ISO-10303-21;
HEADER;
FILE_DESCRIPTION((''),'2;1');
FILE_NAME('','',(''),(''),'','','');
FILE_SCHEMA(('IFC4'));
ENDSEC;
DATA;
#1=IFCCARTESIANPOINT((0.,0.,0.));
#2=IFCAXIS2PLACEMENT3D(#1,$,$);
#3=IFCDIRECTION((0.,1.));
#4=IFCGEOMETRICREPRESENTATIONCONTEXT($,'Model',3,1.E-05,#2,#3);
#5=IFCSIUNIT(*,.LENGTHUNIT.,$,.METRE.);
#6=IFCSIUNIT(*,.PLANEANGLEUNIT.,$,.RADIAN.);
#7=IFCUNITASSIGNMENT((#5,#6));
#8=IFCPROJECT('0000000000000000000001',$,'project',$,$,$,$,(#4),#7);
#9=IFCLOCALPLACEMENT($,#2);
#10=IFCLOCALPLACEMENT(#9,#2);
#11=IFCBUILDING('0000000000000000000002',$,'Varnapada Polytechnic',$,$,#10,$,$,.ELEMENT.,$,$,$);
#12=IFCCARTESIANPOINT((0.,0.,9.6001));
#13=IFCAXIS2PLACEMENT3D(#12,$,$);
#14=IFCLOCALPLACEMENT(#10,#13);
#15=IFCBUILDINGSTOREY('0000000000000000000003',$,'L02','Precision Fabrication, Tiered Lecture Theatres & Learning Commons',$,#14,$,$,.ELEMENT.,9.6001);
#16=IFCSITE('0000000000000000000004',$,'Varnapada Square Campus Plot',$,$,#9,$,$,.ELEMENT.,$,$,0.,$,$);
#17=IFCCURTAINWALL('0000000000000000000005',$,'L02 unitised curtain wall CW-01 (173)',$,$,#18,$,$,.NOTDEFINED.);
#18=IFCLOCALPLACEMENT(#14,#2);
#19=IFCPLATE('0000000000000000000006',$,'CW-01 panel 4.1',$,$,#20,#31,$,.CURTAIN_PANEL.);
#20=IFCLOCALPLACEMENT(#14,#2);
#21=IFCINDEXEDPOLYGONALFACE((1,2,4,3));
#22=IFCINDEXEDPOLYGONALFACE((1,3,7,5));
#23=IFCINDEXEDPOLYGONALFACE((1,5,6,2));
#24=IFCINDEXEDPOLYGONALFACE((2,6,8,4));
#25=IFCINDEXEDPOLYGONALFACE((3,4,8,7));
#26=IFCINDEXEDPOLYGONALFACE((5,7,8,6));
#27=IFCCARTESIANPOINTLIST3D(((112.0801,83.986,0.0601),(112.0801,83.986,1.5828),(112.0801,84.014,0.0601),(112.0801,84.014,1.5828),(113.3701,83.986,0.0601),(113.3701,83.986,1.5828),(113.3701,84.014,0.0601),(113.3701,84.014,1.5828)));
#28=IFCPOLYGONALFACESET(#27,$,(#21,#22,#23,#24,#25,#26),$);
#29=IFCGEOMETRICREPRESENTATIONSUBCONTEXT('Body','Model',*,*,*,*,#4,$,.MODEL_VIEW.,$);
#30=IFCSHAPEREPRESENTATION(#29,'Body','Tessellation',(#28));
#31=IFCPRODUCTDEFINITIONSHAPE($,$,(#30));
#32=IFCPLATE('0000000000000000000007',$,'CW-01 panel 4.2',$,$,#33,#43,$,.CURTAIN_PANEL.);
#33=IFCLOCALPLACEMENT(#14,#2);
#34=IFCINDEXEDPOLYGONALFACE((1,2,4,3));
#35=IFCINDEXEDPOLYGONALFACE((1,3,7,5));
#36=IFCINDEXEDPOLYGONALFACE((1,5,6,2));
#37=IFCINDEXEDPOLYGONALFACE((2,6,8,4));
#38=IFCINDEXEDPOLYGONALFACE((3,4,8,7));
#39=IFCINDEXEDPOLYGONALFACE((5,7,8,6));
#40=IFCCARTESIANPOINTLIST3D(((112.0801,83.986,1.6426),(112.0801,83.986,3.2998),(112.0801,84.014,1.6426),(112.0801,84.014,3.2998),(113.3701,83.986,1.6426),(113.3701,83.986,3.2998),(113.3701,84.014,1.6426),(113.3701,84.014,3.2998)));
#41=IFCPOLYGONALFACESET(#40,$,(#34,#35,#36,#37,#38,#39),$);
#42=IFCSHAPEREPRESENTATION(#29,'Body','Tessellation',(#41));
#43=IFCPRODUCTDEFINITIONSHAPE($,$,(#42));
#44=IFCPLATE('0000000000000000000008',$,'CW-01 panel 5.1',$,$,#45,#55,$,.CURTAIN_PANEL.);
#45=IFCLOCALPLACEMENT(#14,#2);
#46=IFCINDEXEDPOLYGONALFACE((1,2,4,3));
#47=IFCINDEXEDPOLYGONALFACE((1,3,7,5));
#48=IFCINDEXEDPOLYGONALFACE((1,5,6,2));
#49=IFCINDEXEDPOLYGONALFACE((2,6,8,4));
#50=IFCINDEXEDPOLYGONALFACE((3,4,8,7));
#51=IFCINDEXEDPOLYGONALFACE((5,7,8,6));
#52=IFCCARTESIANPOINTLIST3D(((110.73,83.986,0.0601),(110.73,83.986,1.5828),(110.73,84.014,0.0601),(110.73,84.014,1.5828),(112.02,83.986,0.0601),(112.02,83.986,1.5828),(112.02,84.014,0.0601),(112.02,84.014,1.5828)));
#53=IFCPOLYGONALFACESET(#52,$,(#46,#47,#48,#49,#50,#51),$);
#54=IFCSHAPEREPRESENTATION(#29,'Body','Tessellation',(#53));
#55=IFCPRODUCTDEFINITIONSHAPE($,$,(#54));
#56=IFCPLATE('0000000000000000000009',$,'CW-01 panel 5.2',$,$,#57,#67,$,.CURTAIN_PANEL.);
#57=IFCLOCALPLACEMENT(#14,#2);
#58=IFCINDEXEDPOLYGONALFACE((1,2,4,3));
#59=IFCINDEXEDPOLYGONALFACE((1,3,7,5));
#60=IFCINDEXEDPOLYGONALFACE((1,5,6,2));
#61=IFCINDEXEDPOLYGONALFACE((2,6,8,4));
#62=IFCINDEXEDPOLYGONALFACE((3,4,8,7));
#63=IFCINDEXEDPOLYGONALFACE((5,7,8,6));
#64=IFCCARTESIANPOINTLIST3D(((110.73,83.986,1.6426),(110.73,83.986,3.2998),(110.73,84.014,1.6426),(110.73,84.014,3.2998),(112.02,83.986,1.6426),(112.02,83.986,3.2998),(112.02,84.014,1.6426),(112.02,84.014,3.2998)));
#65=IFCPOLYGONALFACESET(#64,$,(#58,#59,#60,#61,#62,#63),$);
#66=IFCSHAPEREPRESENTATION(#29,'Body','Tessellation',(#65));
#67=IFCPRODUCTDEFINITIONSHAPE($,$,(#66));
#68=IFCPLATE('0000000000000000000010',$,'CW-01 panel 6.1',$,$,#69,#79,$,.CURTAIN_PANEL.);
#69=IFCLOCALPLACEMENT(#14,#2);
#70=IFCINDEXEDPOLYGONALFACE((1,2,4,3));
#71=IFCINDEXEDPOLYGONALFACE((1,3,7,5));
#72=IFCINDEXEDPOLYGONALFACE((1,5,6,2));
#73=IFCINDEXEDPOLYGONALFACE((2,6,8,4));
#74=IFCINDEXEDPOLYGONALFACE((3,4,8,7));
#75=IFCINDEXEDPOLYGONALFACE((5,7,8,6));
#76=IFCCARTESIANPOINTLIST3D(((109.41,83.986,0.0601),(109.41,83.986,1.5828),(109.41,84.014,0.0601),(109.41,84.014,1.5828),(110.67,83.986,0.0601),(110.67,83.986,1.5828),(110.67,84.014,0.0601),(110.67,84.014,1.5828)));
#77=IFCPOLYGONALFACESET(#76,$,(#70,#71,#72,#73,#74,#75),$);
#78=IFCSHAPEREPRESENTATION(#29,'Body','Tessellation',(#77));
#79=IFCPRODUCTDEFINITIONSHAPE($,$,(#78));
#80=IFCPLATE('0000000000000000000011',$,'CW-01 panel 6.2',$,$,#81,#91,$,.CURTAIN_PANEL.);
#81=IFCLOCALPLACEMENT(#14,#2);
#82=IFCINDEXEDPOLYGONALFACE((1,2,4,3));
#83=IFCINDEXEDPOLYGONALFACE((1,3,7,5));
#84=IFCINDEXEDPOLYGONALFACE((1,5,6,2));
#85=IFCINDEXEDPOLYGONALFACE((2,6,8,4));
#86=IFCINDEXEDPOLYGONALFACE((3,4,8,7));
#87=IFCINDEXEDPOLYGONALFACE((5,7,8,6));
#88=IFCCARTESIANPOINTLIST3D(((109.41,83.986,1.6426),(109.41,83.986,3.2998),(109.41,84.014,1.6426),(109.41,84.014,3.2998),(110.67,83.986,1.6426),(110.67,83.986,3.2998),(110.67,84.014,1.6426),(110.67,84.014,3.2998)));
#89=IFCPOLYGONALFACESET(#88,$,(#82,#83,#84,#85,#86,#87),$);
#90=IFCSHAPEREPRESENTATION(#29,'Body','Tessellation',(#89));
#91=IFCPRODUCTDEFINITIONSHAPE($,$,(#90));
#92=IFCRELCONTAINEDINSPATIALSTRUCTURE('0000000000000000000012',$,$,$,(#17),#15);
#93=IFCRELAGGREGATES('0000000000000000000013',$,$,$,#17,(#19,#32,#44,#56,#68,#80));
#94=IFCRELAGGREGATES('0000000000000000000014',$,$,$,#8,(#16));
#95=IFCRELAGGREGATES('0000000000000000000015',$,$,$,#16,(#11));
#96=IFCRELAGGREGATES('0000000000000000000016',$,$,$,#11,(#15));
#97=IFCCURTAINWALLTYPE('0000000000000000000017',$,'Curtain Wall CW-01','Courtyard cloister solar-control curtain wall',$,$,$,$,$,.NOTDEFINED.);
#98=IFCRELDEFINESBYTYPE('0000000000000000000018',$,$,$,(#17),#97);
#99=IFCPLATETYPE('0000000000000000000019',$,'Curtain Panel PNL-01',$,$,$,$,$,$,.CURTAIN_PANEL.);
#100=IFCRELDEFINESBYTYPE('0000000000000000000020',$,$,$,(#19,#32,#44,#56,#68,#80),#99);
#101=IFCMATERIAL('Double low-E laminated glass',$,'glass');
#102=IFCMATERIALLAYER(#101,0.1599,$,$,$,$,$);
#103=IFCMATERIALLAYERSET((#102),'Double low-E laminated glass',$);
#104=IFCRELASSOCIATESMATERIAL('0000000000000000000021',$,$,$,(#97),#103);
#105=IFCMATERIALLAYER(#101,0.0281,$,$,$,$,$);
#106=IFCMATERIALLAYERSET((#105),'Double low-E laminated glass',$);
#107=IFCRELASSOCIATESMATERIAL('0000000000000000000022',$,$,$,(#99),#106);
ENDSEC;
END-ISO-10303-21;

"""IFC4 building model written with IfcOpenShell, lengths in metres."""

from ifc_helpers import new_model, si_unit, direction, frame, origin, origin_2d, place, context, subcontext, project, spatial, rectangle, extrude, material, layer, layer_set, type_object, element, aggregate, save


model = new_model("IFC4")

# Units and contexts
model_context = context("Model", 3, precision=1e-05, world=origin(), true_north=direction((0.0, 1.0)))
body_context = subcontext(model_context, "Body", "Model", "MODEL_VIEW")
ifc_project = project(units=[si_unit("LENGTHUNIT", "METRE"), si_unit("PLANEANGLEUNIT", "RADIAN")], contexts=[model_context])

# Site, building, storey
site_placement = place(None, origin())
site = spatial("IfcSite", under=ifc_project, at=site_placement, Name="Varnapada Square Campus Plot", CompositionType="ELEMENT", RefElevation=0.0)
building_placement = place(site_placement, origin())
building = spatial("IfcBuilding", under=site, at=building_placement, Name="Varnapada Polytechnic", CompositionType="ELEMENT")
storey_placement = place(building_placement, frame((0.0, 0.0, 9.6001)))
storey = spatial("IfcBuildingStorey", under=building, at=storey_placement, Name="L02", Description="Precision Fabrication, Tiered Lecture Theatres & Learning Commons", CompositionType="ELEMENT", Elevation=9.6001)

# Curtain wall, plates
ifc_material_1 = material(Name="Double low-E laminated glass", Category="glass")
ifc_layer_1 = layer(ifc_material_1, 0.1599)
ifc_layer_set_1 = layer_set([ifc_layer_1], Name="Double low-E laminated glass")
curtain_wall_type = type_object("IfcCurtainWallType", Name="Curtain Wall CW-01", Description="Courtyard cloister solar-control curtain wall", PredefinedType="NOTDEFINED", material=ifc_layer_set_1)
curtain_wall_placement = place(storey_placement, origin())
curtain_wall = element("IfcCurtainWall", 1, at=curtain_wall_placement, inside=storey, type_object=curtain_wall_type, Name="L02 unitised curtain wall CW-01 (173)", PredefinedType="NOTDEFINED")
ifc_layer_2 = layer(ifc_material_1, 0.0281)
ifc_layer_set_2 = layer_set([ifc_layer_2], Name="Double low-E laminated glass")
plate_type = type_object("IfcPlateType", Name="Curtain Panel PNL-01", PredefinedType="CURTAIN_PANEL", material=ifc_layer_set_2)
plate_1_placement = place(storey_placement, frame((112.7251, 84.0, 0.0601), z_axis=(0.0, 0.0, 1.0), x_axis=(-1.0, 0.0, 0.0)))
plate_1 = element("IfcPlate", 2, at=plate_1_placement, type_object=plate_type, Name="CW-01 panel 4.1", PredefinedType="CURTAIN_PANEL", context=body_context, shape_type="SweptSolid", body=[
    extrude(rectangle(XDim=1.29, YDim=0.0281, at=origin_2d()), origin(), (0.0, 0.0, 1.0), 1.5227),
])
plate_2_placement = place(storey_placement, frame((112.7251, 84.0, 1.6426), z_axis=(0.0, 0.0, 1.0), x_axis=(-1.0, 0.0, 0.0)))
plate_2 = element("IfcPlate", 3, at=plate_2_placement, type_object=plate_type, Name="CW-01 panel 4.2", PredefinedType="CURTAIN_PANEL", context=body_context, shape_type="SweptSolid", body=[
    extrude(rectangle(XDim=1.29, YDim=0.0281, at=origin_2d()), origin(), (0.0, 0.0, 1.0), 1.6572),
])
plate_3_placement = place(storey_placement, frame((111.375, 84.0, 0.0601), z_axis=(0.0, 0.0, 1.0), x_axis=(-1.0, 0.0, 0.0)))
plate_3 = element("IfcPlate", 4, at=plate_3_placement, type_object=plate_type, Name="CW-01 panel 5.1", PredefinedType="CURTAIN_PANEL", context=body_context, shape_type="SweptSolid", body=[
    extrude(rectangle(XDim=1.29, YDim=0.0281, at=origin_2d()), origin(), (0.0, 0.0, 1.0), 1.5227),
])
plate_4_placement = place(storey_placement, frame((111.375, 84.0, 1.6426), z_axis=(0.0, 0.0, 1.0), x_axis=(-1.0, 0.0, 0.0)))
plate_4 = element("IfcPlate", 5, at=plate_4_placement, type_object=plate_type, Name="CW-01 panel 5.2", PredefinedType="CURTAIN_PANEL", context=body_context, shape_type="SweptSolid", body=[
    extrude(rectangle(XDim=1.29, YDim=0.0281, at=origin_2d()), origin(), (0.0, 0.0, 1.0), 1.6572),
])
plate_5_placement = place(storey_placement, frame((110.04, 84.0, 0.0601), z_axis=(0.0, 0.0, 1.0), x_axis=(-1.0, 0.0, 0.0)))
plate_5 = element("IfcPlate", 6, at=plate_5_placement, type_object=plate_type, Name="CW-01 panel 6.1", PredefinedType="CURTAIN_PANEL", context=body_context, shape_type="SweptSolid", body=[
    extrude(rectangle(XDim=1.26, YDim=0.0281, at=origin_2d()), origin(), (0.0, 0.0, 1.0), 1.5227),
])
plate_6_placement = place(storey_placement, frame((110.04, 84.0, 1.6426), z_axis=(0.0, 0.0, 1.0), x_axis=(-1.0, 0.0, 0.0)))
plate_6 = element("IfcPlate", 7, at=plate_6_placement, type_object=plate_type, Name="CW-01 panel 6.2", PredefinedType="CURTAIN_PANEL", context=body_context, shape_type="SweptSolid", body=[
    extrude(rectangle(XDim=1.26, YDim=0.0281, at=origin_2d()), origin(), (0.0, 0.0, 1.0), 1.6572),
])
aggregate(curtain_wall, [plate_1, plate_2, plate_3, plate_4, plate_5, plate_6])

save(model, "model.ifc")
